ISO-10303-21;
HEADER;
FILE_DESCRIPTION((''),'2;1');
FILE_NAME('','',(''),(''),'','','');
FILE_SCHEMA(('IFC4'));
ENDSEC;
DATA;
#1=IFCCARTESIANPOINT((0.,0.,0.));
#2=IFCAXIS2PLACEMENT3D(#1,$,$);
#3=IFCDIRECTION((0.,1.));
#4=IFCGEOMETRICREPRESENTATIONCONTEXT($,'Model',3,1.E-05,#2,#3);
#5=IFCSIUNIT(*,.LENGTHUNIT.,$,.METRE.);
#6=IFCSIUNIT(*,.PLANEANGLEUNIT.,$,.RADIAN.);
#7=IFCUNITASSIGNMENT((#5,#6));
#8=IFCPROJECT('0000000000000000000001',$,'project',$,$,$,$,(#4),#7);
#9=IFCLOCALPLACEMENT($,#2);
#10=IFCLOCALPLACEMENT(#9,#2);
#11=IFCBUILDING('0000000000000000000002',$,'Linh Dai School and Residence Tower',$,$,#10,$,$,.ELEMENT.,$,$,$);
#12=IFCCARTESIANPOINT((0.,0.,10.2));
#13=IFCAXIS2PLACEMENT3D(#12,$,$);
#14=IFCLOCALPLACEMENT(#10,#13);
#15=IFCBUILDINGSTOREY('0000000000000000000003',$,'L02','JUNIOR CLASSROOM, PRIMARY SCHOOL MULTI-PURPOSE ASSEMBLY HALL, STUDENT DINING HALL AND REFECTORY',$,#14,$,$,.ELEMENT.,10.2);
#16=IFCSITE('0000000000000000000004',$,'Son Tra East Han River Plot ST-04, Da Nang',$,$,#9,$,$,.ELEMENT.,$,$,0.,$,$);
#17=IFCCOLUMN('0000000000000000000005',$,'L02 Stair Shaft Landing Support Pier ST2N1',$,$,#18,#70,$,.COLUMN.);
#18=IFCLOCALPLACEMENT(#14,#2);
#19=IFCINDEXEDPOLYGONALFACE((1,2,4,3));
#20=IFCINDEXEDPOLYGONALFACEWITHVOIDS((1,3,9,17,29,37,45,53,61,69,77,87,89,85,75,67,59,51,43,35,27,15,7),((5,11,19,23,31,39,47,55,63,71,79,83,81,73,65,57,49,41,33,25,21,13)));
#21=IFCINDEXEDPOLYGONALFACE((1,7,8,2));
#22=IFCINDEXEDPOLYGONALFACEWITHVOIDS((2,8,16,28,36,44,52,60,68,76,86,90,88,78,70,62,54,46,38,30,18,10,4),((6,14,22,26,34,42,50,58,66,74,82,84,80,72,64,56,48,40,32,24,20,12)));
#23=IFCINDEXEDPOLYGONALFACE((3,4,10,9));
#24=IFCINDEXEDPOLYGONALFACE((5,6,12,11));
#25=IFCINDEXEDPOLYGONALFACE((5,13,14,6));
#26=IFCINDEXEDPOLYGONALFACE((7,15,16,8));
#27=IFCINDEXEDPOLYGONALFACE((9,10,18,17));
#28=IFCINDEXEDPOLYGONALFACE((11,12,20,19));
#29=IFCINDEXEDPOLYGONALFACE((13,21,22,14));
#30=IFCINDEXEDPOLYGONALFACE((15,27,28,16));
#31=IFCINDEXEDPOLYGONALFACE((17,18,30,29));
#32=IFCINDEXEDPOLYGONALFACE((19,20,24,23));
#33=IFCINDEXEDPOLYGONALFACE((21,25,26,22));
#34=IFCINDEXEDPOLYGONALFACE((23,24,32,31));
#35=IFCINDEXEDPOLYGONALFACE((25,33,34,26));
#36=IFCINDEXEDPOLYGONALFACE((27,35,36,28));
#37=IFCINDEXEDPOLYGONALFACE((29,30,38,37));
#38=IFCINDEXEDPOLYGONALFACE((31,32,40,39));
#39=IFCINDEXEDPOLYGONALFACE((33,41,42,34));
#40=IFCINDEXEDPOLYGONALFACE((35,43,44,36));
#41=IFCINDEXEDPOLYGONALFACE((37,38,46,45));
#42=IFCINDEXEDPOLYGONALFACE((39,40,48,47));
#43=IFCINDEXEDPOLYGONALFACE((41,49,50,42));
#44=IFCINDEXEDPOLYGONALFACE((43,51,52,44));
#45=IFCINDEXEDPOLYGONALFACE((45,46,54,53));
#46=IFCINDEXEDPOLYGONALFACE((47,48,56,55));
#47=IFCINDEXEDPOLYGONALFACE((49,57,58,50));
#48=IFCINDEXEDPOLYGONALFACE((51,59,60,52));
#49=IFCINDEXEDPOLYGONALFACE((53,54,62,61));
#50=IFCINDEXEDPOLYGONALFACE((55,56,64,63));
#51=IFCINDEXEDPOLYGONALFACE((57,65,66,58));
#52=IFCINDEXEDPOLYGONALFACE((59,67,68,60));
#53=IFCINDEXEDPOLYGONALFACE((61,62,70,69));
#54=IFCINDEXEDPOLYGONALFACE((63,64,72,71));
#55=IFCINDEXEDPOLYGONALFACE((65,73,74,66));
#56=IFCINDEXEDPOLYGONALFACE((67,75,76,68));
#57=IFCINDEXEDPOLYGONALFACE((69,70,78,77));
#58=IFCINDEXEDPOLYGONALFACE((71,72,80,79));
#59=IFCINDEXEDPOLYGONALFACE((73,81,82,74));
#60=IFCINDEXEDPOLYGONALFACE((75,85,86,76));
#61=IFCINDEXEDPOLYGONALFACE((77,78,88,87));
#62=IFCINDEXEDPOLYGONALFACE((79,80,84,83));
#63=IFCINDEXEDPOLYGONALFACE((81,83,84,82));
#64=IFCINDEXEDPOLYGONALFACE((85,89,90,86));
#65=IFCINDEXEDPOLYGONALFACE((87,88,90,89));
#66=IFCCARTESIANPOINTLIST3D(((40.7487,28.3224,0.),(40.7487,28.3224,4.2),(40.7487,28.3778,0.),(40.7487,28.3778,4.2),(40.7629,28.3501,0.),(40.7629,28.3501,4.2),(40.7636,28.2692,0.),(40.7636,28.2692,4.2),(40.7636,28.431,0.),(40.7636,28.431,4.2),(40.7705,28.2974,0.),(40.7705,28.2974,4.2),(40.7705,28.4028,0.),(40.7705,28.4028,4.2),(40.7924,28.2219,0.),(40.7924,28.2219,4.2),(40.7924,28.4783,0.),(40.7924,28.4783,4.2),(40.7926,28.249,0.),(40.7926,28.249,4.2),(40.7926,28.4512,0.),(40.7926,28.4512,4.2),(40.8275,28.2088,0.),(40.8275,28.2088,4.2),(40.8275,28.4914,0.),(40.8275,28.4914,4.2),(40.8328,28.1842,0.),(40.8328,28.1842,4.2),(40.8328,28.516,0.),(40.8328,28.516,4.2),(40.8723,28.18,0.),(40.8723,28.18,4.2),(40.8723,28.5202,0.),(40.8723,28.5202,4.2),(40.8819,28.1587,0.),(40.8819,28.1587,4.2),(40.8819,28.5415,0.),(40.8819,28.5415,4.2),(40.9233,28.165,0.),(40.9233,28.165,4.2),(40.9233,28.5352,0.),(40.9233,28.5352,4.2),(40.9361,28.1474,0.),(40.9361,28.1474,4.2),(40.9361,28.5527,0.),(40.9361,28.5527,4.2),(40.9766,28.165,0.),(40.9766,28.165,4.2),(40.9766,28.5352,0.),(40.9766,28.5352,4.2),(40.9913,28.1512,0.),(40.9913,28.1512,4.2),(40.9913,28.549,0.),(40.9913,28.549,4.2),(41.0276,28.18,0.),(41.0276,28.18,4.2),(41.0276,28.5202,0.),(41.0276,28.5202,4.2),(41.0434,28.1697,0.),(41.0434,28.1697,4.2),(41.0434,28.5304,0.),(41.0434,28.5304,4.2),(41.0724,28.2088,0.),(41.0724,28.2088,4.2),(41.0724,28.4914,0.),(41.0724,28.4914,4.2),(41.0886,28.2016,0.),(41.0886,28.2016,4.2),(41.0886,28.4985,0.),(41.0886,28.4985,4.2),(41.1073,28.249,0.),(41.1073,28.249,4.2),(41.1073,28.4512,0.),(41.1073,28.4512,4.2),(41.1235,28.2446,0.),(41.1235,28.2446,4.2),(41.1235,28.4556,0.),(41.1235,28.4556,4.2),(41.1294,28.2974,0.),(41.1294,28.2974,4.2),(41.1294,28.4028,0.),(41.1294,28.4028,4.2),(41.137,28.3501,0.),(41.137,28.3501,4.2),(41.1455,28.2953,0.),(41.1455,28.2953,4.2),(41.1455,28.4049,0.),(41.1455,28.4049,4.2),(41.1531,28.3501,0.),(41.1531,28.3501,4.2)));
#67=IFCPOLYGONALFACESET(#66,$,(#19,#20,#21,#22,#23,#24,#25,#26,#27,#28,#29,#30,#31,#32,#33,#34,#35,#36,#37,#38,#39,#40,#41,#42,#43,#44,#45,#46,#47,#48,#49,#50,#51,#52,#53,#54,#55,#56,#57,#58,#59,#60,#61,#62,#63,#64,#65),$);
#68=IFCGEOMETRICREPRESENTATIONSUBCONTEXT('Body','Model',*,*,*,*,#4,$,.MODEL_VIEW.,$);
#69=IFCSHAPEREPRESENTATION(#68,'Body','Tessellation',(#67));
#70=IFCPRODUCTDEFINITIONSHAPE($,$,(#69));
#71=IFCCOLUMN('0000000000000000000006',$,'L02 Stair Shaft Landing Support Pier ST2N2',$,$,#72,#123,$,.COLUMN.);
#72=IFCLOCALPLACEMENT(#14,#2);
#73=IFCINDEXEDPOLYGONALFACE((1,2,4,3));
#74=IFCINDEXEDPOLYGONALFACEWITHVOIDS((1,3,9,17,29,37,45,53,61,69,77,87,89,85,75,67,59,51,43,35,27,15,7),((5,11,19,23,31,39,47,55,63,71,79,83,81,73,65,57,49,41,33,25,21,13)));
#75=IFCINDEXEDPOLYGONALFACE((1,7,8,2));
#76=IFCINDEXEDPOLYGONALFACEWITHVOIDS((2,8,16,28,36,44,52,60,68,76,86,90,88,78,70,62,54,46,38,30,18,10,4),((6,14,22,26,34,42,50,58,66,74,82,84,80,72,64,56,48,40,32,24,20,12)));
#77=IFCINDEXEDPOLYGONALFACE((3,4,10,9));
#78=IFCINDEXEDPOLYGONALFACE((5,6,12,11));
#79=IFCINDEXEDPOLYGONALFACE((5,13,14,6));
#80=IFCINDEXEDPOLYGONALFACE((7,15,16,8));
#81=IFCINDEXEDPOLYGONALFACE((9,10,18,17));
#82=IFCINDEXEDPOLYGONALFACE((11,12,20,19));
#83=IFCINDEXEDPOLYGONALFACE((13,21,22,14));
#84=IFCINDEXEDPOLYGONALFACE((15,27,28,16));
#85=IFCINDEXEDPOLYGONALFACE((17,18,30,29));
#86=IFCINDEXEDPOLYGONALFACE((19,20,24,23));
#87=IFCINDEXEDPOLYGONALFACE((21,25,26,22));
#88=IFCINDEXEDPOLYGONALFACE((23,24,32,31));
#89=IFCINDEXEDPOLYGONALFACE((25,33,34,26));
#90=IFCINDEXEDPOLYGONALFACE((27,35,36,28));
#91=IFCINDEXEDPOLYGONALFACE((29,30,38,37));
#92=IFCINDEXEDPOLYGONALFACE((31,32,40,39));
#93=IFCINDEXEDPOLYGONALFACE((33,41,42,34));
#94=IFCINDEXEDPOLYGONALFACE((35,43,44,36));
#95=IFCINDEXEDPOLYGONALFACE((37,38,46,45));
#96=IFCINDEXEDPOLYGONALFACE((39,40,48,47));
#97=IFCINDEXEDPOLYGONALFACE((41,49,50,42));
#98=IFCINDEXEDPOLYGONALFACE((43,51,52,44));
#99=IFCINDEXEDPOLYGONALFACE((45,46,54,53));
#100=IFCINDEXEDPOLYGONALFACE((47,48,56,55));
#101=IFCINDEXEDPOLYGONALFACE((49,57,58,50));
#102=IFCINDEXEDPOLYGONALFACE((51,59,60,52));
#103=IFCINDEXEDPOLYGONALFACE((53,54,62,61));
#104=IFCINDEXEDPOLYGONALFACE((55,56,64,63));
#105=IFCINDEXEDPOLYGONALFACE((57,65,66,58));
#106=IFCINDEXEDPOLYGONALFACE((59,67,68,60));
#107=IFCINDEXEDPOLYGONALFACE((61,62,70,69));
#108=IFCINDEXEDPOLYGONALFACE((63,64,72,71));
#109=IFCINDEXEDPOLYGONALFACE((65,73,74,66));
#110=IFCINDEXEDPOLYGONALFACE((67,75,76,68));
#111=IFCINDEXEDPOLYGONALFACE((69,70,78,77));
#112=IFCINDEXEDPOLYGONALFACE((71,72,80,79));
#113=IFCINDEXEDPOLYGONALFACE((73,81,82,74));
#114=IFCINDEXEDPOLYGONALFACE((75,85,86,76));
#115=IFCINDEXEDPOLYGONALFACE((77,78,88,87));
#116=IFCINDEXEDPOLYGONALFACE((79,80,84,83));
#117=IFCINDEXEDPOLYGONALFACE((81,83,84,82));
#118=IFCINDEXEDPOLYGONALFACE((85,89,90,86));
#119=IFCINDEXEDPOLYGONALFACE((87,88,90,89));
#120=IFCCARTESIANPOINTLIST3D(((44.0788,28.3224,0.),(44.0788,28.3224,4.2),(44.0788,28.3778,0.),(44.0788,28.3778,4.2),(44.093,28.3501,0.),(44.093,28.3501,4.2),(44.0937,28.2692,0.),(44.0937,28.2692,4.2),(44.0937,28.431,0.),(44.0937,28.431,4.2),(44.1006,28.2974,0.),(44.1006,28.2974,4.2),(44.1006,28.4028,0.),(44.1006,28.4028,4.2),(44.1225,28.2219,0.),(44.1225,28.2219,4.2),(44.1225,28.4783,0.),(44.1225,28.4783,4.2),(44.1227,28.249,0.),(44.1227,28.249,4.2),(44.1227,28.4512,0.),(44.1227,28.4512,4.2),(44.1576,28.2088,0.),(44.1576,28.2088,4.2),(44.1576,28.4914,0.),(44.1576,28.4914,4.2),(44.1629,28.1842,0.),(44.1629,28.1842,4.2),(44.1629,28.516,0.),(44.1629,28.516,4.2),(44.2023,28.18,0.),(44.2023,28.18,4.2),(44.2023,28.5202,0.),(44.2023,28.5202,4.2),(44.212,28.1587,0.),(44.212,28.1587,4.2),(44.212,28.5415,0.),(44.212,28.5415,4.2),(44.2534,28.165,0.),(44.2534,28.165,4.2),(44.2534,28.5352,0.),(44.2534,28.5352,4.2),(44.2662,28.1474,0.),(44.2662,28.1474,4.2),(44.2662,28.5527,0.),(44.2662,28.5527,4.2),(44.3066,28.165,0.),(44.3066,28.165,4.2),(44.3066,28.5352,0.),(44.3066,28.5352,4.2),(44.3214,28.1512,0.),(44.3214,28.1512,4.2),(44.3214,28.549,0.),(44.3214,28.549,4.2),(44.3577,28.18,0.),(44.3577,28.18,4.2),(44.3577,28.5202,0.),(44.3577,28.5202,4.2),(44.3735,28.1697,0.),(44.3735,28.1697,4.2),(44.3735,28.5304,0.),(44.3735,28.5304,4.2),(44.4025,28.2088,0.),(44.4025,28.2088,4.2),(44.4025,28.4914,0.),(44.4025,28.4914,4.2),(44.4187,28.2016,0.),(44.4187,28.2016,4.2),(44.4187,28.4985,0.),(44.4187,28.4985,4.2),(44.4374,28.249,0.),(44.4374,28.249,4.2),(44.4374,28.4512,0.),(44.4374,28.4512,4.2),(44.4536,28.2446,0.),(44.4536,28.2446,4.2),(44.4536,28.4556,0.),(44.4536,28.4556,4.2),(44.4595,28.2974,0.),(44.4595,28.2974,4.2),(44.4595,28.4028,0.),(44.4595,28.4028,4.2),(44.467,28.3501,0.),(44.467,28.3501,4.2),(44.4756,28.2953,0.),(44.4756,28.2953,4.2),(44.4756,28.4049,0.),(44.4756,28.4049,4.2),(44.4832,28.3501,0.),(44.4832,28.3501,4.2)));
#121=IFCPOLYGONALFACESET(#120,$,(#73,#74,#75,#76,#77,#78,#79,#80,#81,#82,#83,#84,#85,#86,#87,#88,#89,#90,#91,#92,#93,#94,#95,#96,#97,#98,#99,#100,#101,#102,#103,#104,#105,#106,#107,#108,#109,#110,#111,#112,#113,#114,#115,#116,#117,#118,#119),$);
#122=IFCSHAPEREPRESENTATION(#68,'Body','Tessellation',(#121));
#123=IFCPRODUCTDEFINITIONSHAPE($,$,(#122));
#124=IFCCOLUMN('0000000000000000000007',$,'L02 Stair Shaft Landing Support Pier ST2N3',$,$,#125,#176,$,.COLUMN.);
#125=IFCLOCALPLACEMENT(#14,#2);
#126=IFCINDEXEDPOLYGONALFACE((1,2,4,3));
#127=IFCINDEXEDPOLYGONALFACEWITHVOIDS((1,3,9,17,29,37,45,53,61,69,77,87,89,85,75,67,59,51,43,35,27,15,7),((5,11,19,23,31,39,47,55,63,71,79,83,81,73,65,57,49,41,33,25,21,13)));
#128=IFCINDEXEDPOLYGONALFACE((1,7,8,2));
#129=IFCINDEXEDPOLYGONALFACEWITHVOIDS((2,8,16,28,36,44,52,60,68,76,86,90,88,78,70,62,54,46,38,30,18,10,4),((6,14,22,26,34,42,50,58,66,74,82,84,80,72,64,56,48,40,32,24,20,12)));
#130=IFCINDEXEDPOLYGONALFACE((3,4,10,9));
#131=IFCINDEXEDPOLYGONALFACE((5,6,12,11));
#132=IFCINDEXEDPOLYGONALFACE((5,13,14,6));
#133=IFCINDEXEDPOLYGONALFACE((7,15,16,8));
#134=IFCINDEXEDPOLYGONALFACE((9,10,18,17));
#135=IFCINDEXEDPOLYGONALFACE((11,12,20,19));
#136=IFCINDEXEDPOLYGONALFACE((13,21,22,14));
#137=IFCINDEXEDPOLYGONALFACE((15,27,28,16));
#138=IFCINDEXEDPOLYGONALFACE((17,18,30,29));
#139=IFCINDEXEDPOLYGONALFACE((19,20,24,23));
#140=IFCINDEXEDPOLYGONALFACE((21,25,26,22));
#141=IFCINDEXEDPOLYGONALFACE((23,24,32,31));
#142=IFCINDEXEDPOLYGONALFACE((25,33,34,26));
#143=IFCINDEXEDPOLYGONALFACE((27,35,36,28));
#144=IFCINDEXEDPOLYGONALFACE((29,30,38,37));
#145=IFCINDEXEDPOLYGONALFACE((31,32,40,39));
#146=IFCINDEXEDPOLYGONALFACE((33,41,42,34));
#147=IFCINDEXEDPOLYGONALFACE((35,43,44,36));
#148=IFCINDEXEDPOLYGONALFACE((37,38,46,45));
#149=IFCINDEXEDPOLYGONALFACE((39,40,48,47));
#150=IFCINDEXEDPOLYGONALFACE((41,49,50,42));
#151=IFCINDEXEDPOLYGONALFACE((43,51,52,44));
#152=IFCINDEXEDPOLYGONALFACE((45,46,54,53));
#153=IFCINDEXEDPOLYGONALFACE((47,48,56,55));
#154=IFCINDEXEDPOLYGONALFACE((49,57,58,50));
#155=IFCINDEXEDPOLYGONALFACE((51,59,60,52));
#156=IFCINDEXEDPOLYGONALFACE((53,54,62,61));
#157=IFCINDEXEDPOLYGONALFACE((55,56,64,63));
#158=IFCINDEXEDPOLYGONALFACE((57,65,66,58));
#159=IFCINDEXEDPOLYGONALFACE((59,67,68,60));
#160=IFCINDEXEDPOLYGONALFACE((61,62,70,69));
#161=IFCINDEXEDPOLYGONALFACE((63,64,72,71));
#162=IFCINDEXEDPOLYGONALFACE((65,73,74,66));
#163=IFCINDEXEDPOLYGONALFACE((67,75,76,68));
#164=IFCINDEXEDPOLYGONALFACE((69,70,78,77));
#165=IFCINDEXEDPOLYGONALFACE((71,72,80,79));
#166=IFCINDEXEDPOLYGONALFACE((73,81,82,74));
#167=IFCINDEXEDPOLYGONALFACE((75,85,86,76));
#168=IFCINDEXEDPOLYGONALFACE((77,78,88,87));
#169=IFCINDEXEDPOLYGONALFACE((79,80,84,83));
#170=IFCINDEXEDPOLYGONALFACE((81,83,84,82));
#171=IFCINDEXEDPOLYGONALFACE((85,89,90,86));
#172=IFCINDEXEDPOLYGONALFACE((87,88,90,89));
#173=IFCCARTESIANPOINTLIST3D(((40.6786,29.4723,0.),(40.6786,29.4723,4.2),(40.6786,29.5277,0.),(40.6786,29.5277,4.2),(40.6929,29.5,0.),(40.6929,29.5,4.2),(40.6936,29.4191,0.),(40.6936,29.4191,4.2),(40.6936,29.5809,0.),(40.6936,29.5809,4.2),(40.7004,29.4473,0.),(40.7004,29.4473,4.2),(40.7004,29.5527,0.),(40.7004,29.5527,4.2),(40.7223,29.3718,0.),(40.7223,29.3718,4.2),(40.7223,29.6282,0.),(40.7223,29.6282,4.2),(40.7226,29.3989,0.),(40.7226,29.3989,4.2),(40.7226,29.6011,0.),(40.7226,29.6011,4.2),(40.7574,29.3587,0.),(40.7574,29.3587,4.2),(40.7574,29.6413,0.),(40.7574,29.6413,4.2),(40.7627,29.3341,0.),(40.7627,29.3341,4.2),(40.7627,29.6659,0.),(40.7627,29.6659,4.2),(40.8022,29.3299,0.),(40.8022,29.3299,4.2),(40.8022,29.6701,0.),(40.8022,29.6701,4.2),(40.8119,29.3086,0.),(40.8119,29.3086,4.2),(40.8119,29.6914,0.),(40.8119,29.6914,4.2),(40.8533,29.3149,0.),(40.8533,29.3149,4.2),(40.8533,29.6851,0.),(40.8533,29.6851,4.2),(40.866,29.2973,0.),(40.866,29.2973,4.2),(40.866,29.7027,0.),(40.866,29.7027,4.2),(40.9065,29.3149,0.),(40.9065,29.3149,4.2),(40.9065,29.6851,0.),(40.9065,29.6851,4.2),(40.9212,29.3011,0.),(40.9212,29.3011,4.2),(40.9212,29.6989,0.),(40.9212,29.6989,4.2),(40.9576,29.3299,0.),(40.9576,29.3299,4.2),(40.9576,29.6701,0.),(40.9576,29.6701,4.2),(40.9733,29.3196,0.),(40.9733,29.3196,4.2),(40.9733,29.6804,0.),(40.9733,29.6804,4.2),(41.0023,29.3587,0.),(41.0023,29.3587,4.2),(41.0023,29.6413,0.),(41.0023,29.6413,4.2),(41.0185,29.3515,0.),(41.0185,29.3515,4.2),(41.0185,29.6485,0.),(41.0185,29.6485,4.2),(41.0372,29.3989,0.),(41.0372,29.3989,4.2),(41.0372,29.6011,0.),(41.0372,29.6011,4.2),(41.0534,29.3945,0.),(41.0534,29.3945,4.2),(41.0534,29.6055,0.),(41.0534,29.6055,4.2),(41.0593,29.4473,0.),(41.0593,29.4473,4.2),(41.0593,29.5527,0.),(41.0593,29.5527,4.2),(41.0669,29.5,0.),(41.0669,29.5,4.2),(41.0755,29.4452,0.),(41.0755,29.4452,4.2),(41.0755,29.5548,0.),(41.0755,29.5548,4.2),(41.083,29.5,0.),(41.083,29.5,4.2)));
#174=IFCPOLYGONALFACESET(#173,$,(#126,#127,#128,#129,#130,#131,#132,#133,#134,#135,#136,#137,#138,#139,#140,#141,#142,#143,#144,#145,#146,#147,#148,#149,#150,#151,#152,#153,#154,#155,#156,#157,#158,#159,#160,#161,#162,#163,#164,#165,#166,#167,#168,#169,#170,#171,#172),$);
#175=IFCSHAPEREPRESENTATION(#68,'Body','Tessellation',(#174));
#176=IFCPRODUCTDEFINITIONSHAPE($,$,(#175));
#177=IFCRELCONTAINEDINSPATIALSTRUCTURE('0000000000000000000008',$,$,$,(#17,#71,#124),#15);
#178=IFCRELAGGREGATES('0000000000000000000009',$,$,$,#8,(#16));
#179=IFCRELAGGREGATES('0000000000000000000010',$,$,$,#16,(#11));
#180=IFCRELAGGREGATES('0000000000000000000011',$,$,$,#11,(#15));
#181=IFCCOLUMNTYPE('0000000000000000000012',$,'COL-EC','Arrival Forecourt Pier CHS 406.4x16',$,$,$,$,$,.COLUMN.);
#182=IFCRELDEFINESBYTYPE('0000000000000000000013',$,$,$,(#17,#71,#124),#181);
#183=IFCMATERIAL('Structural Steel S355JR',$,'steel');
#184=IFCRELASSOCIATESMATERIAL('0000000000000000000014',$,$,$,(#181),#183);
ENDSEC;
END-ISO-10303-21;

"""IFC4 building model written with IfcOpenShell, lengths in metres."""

from ifc_helpers import new_model, si_unit, direction, frame, origin, origin_2d, place, context, subcontext, project, spatial, hollow_circle, extrude, material, material_profile, profile_set, type_object, element, save


model = new_model("IFC4")

# Units and contexts
model_context = context("Model", 3, precision=1e-05, world=origin(), true_north=direction((0.0, 1.0)))
body_context = subcontext(model_context, "Body", "Model", "MODEL_VIEW")
ifc_project = project(units=[si_unit("LENGTHUNIT", "METRE"), si_unit("PLANEANGLEUNIT", "RADIAN")], contexts=[model_context])

# Site, building, storey
site_placement = place(None, origin())
site = spatial("IfcSite", under=ifc_project, at=site_placement, Name="Son Tra East Han River Plot ST-04, Da Nang", CompositionType="ELEMENT", RefElevation=0.0)
building_placement = place(site_placement, origin())
building = spatial("IfcBuilding", under=site, at=building_placement, Name="Linh Dai School and Residence Tower", CompositionType="ELEMENT")
storey_placement = place(building_placement, frame((0.0, 0.0, 10.2)))
storey = spatial("IfcBuildingStorey", under=building, at=storey_placement, Name="L02", Description="JUNIOR CLASSROOM, PRIMARY SCHOOL MULTI-PURPOSE ASSEMBLY HALL, STUDENT DINING HALL AND REFECTORY", CompositionType="ELEMENT", Elevation=10.2)

# Columns
ifc_material_1 = material(Name="Structural Steel S355JR", Category="steel")
ifc_material_profile_1 = material_profile(ifc_material_1, hollow_circle(Radius=0.2031, WallThickness=0.0161, at=origin_2d()), Name="CHS 406.4x16")
ifc_profile_set_1 = profile_set([ifc_material_profile_1], Name="Structural Steel S355JR")
column_type_1 = type_object("IfcColumnType", Name="COL-EC", Description="Arrival Forecourt Pier CHS 406.4x16", PredefinedType="COLUMN", material=ifc_profile_set_1)
for number, where, z_axis, x_axis, name in (
    (1, (40.95, 28.3501, 0.0), (0.0, 0.0, 1.0), (1.0, 0.0, 0.0), "L02 Stair Shaft Landing Support Pier ST2N1"),
    (2, (44.28, 28.3501, 0.0), (0.0, 0.0, 1.0), (1.0, 0.0, 0.0), "L02 Stair Shaft Landing Support Pier ST2N2"),
    (3, (40.8799, 29.5, 0.0), (0.0, 0.0, 1.0), (1.0, 0.0, 0.0), "L02 Stair Shaft Landing Support Pier ST2N3"),
):
    element("IfcColumn", number, at=place(storey_placement, frame(where, z_axis=z_axis, x_axis=x_axis)), inside=storey, type_object=column_type_1, Name=name, PredefinedType="COLUMN", context=body_context, shape_type="SweptSolid", body=[
        extrude(hollow_circle(Radius=0.2031, WallThickness=0.0161, at=origin_2d()), origin(), (0.0, 0.0, 1.0), 4.2),
    ])

save(model, "model.ifc")
